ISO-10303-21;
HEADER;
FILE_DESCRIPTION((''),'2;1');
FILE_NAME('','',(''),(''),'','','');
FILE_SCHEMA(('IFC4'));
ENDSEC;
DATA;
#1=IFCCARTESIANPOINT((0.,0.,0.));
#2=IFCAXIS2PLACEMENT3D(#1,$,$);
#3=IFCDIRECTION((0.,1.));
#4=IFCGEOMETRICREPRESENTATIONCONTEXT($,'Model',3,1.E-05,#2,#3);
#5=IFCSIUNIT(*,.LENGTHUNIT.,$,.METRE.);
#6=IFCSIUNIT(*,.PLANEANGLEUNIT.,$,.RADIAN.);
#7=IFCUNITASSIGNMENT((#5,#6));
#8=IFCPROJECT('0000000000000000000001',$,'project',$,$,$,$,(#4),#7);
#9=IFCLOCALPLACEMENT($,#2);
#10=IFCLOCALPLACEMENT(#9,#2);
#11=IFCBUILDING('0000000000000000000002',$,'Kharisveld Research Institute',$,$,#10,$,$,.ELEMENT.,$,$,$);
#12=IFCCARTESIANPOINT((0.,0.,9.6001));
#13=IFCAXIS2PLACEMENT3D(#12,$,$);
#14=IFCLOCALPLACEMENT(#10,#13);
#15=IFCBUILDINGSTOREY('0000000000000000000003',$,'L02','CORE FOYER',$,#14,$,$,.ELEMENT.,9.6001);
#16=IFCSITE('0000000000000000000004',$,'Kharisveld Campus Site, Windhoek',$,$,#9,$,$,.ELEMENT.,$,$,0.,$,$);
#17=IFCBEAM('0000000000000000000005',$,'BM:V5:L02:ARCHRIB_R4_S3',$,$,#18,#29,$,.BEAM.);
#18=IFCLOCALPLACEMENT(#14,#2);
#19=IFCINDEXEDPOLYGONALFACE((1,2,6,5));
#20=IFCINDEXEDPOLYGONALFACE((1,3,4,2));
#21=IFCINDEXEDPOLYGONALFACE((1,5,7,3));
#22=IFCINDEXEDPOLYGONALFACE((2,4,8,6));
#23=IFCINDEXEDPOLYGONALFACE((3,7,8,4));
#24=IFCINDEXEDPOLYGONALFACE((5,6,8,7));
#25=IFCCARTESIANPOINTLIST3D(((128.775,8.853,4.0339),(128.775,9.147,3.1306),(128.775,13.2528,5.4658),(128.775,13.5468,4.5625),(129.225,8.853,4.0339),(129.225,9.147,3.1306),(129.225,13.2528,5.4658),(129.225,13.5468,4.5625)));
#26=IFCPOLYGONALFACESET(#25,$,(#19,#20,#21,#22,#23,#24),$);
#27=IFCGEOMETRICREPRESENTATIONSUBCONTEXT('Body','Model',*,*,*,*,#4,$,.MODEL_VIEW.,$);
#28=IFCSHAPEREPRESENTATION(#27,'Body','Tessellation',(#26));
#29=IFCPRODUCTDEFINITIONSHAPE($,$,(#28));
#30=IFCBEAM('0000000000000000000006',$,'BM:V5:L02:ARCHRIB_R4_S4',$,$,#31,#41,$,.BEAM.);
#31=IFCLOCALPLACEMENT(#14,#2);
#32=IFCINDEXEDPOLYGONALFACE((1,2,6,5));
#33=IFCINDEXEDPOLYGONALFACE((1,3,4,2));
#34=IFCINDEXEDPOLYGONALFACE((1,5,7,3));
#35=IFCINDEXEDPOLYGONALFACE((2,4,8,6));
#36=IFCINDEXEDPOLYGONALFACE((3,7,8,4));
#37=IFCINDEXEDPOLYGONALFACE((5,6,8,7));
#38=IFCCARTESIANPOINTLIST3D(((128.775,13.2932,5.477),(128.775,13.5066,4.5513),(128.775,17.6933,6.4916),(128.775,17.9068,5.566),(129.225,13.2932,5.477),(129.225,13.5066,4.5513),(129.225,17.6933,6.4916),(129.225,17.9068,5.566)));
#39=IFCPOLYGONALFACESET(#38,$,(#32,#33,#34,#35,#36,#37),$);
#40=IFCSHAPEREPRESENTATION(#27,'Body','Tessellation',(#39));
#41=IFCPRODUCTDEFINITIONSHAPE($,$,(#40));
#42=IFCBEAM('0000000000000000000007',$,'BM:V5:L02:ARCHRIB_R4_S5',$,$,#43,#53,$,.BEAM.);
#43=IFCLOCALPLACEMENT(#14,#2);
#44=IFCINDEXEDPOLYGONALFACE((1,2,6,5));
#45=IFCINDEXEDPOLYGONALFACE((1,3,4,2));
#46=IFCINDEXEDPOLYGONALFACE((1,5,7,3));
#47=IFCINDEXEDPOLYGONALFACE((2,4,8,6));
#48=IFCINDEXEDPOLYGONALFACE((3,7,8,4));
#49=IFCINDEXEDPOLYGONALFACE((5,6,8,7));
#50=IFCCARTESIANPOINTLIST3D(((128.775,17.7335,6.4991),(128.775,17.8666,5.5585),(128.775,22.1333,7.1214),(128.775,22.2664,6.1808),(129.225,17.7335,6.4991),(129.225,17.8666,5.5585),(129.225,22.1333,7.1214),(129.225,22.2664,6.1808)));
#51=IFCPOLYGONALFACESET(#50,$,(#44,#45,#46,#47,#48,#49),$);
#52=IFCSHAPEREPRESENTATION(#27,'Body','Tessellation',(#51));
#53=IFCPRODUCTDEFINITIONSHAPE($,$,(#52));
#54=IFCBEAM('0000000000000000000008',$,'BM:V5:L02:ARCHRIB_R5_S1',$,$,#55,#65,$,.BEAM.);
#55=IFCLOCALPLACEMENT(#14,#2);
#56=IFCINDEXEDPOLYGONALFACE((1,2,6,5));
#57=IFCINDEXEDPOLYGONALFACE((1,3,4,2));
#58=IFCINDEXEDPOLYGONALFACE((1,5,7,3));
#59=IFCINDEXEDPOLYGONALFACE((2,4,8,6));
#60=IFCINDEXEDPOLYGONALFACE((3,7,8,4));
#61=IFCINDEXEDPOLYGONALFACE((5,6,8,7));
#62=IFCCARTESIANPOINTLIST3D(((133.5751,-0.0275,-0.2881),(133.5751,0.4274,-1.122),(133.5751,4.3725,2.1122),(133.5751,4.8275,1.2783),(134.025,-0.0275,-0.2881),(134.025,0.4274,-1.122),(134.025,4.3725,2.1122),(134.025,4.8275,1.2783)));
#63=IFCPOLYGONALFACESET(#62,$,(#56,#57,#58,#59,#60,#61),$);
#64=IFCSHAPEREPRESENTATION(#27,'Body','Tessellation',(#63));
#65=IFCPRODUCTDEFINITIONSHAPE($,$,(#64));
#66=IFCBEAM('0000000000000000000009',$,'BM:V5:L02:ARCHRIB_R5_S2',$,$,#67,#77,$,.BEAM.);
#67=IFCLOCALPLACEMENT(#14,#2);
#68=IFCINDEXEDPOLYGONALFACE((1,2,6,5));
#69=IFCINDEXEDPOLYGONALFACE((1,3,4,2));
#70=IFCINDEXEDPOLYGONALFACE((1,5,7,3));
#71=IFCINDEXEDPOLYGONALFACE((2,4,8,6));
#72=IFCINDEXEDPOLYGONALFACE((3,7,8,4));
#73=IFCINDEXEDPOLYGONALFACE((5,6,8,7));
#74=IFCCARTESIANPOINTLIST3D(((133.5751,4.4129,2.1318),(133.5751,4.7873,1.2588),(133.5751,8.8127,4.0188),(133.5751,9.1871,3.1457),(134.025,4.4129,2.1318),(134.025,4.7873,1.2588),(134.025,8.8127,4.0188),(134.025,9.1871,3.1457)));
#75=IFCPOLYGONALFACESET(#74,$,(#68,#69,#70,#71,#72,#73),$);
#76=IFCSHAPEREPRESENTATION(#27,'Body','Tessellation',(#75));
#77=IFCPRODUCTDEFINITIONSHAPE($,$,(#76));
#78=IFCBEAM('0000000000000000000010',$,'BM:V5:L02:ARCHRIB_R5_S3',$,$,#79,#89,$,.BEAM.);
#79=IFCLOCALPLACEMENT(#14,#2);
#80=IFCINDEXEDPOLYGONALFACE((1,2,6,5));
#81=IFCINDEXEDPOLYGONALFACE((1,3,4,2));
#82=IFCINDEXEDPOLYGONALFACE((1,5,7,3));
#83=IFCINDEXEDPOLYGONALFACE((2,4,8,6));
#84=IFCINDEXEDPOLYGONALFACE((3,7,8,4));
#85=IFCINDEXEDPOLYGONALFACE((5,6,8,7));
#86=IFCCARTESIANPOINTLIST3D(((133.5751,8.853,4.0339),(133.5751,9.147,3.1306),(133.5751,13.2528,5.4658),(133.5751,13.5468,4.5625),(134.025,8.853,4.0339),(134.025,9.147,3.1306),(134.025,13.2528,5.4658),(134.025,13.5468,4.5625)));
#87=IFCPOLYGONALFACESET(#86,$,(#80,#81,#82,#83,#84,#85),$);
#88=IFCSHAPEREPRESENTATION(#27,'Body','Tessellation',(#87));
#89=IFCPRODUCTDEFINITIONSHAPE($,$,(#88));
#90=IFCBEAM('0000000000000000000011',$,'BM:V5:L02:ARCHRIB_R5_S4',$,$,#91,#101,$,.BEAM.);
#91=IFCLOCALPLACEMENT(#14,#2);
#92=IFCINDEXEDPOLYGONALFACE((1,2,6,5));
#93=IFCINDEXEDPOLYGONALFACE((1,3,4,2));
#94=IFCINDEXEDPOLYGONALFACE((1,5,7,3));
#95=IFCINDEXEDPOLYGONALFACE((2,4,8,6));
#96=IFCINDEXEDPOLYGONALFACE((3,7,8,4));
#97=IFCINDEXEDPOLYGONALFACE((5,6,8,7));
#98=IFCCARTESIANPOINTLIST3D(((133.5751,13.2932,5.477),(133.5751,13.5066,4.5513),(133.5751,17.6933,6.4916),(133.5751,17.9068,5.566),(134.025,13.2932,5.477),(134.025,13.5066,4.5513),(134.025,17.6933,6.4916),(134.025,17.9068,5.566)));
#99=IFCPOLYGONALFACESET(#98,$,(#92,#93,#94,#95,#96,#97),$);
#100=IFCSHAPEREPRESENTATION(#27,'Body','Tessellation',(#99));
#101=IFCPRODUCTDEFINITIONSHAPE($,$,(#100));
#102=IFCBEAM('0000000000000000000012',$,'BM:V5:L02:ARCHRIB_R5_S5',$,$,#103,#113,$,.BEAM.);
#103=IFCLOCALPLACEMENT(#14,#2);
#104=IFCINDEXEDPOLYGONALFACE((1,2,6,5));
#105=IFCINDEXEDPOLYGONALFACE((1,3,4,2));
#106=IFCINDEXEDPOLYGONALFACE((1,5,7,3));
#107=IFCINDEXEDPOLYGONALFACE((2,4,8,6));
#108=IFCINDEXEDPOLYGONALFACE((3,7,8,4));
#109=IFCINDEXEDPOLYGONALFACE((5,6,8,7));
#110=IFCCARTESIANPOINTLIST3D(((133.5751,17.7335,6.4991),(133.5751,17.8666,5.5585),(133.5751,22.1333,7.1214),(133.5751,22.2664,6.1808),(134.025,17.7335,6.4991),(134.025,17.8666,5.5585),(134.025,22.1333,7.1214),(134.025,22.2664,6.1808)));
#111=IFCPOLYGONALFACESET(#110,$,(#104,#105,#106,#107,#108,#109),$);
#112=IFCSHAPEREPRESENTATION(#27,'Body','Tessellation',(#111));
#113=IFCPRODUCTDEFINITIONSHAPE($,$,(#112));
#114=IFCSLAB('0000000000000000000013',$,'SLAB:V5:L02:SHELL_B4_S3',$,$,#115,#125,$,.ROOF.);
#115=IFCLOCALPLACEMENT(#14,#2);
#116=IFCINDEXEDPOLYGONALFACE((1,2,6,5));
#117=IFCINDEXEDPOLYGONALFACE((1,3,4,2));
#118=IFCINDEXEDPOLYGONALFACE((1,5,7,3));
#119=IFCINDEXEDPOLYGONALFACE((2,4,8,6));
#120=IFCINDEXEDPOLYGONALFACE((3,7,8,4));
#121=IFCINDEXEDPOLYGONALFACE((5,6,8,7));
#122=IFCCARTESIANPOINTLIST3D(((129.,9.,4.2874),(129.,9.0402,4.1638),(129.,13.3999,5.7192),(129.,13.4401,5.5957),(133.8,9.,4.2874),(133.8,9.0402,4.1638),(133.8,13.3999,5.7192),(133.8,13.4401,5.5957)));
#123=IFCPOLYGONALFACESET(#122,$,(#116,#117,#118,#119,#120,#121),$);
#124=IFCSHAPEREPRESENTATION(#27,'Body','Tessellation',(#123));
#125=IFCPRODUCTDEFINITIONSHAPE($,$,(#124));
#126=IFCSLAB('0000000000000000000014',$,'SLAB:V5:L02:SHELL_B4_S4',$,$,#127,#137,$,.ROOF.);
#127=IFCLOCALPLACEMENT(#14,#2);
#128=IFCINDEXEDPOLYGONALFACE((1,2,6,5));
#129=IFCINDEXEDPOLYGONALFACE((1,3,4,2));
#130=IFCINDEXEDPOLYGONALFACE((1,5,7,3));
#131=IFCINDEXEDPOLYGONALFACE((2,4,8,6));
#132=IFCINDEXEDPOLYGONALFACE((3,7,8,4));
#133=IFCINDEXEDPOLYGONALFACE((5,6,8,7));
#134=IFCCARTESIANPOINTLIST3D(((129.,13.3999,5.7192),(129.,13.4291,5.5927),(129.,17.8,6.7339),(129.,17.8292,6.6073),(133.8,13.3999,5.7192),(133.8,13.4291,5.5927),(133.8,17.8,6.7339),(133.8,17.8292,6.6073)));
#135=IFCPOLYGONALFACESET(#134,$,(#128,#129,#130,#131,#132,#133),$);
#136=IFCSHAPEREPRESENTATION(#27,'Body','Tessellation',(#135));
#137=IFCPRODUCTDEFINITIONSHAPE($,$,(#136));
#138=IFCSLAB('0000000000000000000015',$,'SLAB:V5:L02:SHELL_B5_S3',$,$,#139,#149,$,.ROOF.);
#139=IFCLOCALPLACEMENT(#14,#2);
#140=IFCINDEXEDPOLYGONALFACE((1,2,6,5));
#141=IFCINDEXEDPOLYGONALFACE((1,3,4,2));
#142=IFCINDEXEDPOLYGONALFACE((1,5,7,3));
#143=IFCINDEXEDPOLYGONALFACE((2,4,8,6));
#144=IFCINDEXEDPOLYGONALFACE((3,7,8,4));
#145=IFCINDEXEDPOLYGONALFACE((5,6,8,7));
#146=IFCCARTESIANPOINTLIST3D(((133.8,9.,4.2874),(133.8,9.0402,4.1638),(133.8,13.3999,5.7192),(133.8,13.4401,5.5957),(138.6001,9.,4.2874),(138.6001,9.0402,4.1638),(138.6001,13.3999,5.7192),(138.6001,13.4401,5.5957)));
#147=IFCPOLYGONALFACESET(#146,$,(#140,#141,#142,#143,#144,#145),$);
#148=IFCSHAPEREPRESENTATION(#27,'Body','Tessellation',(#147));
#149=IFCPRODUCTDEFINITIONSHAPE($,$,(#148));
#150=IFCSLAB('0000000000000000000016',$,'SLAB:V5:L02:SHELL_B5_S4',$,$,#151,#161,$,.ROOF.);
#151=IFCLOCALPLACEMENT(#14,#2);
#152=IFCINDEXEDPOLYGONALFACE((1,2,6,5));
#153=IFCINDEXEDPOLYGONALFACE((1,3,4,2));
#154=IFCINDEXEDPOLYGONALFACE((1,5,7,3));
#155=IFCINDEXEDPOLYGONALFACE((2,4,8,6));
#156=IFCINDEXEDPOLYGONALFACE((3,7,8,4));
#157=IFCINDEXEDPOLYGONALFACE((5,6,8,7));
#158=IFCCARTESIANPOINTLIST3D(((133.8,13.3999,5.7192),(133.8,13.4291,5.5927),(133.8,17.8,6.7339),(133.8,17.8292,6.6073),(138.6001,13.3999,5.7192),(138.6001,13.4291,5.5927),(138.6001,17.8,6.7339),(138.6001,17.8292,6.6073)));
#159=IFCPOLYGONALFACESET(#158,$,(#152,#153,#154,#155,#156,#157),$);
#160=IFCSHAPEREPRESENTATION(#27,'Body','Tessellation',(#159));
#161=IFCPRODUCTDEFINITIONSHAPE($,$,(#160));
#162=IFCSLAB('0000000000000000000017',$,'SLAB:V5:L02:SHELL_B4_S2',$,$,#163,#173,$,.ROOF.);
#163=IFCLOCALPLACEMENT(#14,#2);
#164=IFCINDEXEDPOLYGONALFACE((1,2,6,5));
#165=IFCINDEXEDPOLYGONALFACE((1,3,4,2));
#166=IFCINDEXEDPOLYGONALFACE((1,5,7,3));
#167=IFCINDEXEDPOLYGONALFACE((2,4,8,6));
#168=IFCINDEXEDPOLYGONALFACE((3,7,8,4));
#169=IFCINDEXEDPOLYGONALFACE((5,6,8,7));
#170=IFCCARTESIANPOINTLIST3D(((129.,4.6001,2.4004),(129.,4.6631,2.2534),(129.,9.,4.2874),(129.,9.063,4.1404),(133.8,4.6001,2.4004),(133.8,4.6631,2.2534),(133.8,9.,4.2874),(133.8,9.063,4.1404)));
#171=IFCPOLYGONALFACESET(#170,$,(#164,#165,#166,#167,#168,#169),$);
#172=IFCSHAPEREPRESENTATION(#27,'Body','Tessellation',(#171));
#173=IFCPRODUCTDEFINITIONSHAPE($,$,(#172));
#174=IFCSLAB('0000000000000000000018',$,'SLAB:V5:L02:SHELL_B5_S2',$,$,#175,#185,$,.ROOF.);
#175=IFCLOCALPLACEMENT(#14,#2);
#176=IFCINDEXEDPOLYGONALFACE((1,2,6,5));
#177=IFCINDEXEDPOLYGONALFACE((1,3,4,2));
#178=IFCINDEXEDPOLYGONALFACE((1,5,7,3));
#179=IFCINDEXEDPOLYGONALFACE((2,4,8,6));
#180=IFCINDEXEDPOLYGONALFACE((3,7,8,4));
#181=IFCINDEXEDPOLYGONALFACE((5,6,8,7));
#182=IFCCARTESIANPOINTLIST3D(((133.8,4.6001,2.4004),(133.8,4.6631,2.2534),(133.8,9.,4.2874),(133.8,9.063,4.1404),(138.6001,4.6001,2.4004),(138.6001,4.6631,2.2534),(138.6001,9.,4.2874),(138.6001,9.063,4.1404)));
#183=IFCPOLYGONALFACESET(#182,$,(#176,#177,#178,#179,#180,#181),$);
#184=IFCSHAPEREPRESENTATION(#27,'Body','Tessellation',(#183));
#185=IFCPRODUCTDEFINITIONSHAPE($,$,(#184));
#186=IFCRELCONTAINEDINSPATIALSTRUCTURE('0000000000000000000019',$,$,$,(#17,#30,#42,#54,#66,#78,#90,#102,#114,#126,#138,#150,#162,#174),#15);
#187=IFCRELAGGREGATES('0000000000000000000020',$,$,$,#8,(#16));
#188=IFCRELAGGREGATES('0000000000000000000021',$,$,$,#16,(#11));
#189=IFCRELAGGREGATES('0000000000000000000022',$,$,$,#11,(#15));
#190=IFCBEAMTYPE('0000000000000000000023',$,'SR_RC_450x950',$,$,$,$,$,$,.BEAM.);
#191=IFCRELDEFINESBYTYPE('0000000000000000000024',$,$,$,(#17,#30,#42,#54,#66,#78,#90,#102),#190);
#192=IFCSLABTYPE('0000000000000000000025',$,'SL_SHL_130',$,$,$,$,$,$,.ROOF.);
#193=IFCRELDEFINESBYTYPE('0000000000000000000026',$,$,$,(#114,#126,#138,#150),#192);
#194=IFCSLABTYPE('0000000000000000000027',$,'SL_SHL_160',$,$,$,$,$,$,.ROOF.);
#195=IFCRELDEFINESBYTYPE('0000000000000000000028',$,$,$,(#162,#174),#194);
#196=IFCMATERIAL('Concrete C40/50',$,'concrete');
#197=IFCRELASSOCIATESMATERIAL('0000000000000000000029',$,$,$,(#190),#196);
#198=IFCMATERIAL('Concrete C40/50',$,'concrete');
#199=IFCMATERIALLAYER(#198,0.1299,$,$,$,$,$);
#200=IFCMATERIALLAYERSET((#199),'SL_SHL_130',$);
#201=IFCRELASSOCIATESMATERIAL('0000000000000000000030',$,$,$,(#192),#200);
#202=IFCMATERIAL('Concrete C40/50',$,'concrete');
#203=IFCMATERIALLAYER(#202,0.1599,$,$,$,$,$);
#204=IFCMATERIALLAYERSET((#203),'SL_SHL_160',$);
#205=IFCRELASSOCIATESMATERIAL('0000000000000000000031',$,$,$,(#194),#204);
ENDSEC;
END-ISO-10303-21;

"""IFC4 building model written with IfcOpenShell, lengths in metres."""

from ifc_helpers import new_model, si_unit, direction, frame, origin, origin_2d, place, context, subcontext, project, spatial, polyline, rectangle, outline, extrude, material, layer, layer_set, material_profile, profile_set, type_object, element, save


model = new_model("IFC4")

# Units and contexts
model_context = context("Model", 3, precision=1e-05, world=origin(), true_north=direction((0.0, 1.0)))
body_context = subcontext(model_context, "Body", "Model", "MODEL_VIEW")
ifc_project = project(units=[si_unit("LENGTHUNIT", "METRE"), si_unit("PLANEANGLEUNIT", "RADIAN")], contexts=[model_context])

# Site, building, storey
site_placement = place(None, origin())
site = spatial("IfcSite", under=ifc_project, at=site_placement, Name="Kharisveld Campus Site, Windhoek", CompositionType="ELEMENT", RefElevation=0.0)
building_placement = place(site_placement, origin())
building = spatial("IfcBuilding", under=site, at=building_placement, Name="Kharisveld Research Institute", CompositionType="ELEMENT")
storey_placement = place(building_placement, frame((0.0, 0.0, 9.6001)))
storey = spatial("IfcBuildingStorey", under=building, at=storey_placement, Name="L02", Description="CORE FOYER", CompositionType="ELEMENT", Elevation=9.6001)

# Beams
ifc_material_1 = material(Name="Concrete C40/50", Category="concrete")
ifc_material_profile_1 = material_profile(ifc_material_1, rectangle(XDim=0.45, YDim=0.95, at=origin_2d()))
ifc_profile_set_1 = profile_set([ifc_material_profile_1], Name="Concrete C40/50")
beam_type_1 = type_object("IfcBeamType", Name="SR_RC_450x950", PredefinedType="BEAM", material=ifc_profile_set_1)
beam_1_placement = place(storey_placement, frame((129.0, 9.0, 3.5823), z_axis=(0.0, 0.950912, 0.309461), x_axis=(-1.0, 0.0, 0.0)))
element("IfcBeam", 1, at=beam_1_placement, inside=storey, type_object=beam_type_1, Name="BM:V5:L02:ARCHRIB_R4_S3", PredefinedType="BEAM", context=body_context, shape_type="SweptSolid", body=[
    extrude(rectangle(XDim=0.45, YDim=0.95, at=origin_2d()), origin(), (0.0, 0.0, 1.0), 4.627),
])
beam_2_placement = place(storey_placement, frame((129.0, 13.3999, 5.0142), z_axis=(0.0, 0.974429, 0.224698), x_axis=(-1.0, 0.0, 0.0)))
element("IfcBeam", 2, at=beam_2_placement, inside=storey, type_object=beam_type_1, Name="BM:V5:L02:ARCHRIB_R4_S4", PredefinedType="BEAM", context=body_context, shape_type="SweptSolid", body=[
    extrude(rectangle(XDim=0.45, YDim=0.95, at=origin_2d()), origin(), (0.0, 0.0, 1.0), 4.5156),
])
beam_3_placement = place(storey_placement, frame((129.0, 17.8, 6.0288), z_axis=(0.0, 0.990145, 0.140044), x_axis=(-1.0, 0.0, 0.0)))
element("IfcBeam", 3, at=beam_3_placement, inside=storey, type_object=beam_type_1, Name="BM:V5:L02:ARCHRIB_R4_S5", PredefinedType="BEAM", context=body_context, shape_type="SweptSolid", body=[
    extrude(rectangle(XDim=0.45, YDim=0.95, at=origin_2d()), origin(), (0.0, 0.0, 1.0), 4.4436),
])
beam_4_placement = place(storey_placement, frame((133.8, 0.2, -0.7051), z_axis=(0.0, 0.87787, 0.4789), x_axis=(-1.0, 0.0, 0.0)))
element("IfcBeam", 4, at=beam_4_placement, inside=storey, type_object=beam_type_1, Name="BM:V5:L02:ARCHRIB_R5_S1", PredefinedType="BEAM", context=body_context, shape_type="SweptSolid", body=[
    extrude(rectangle(XDim=0.45, YDim=0.95, at=origin_2d()), origin(), (0.0, 0.0, 1.0), 5.0122),
])
beam_5_placement = place(storey_placement, frame((133.8, 4.6001, 1.6953), z_axis=(0.0, 0.919047, 0.394147), x_axis=(-1.0, 0.0, 0.0)))
element("IfcBeam", 5, at=beam_5_placement, inside=storey, type_object=beam_type_1, Name="BM:V5:L02:ARCHRIB_R5_S2", PredefinedType="BEAM", context=body_context, shape_type="SweptSolid", body=[
    extrude(rectangle(XDim=0.45, YDim=0.95, at=origin_2d()), origin(), (0.0, 0.0, 1.0), 4.7874),
])
beam_6_placement = place(storey_placement, frame((133.8, 9.0, 3.5823), z_axis=(0.0, 0.950912, 0.309461), x_axis=(-1.0, 0.0, 0.0)))
element("IfcBeam", 6, at=beam_6_placement, inside=storey, type_object=beam_type_1, Name="BM:V5:L02:ARCHRIB_R5_S3", PredefinedType="BEAM", context=body_context, shape_type="SweptSolid", body=[
    extrude(rectangle(XDim=0.45, YDim=0.95, at=origin_2d()), origin(), (0.0, 0.0, 1.0), 4.627),
])
beam_7_placement = place(storey_placement, frame((133.8, 13.3999, 5.0142), z_axis=(0.0, 0.974429, 0.224698), x_axis=(-1.0, 0.0, 0.0)))
element("IfcBeam", 7, at=beam_7_placement, inside=storey, type_object=beam_type_1, Name="BM:V5:L02:ARCHRIB_R5_S4", PredefinedType="BEAM", context=body_context, shape_type="SweptSolid", body=[
    extrude(rectangle(XDim=0.45, YDim=0.95, at=origin_2d()), origin(), (0.0, 0.0, 1.0), 4.5156),
])
beam_8_placement = place(storey_placement, frame((133.8, 17.8, 6.0288), z_axis=(0.0, 0.990145, 0.140044), x_axis=(-1.0, 0.0, 0.0)))
element("IfcBeam", 8, at=beam_8_placement, inside=storey, type_object=beam_type_1, Name="BM:V5:L02:ARCHRIB_R5_S5", PredefinedType="BEAM", context=body_context, shape_type="SweptSolid", body=[
    extrude(rectangle(XDim=0.45, YDim=0.95, at=origin_2d()), origin(), (0.0, 0.0, 1.0), 4.4436),
])

# Slabs
ifc_material_2 = material(Name="Concrete C40/50", Category="concrete")
ifc_layer_1 = layer(ifc_material_2, 0.1299)
ifc_layer_set_1 = layer_set([ifc_layer_1], Name="SL_SHL_130")
slab_type_1 = type_object("IfcSlabType", Name="SL_SHL_130", PredefinedType="ROOF", material=ifc_layer_set_1)
slab_1_placement = place(storey_placement, frame((129.0, 9.0, 4.2874), z_axis=(0.0, -0.309461, 0.950912), x_axis=(1.0, 0.0, 0.0)))
element("IfcSlab", 9, at=slab_1_placement, inside=storey, type_object=slab_type_1, Name="SLAB:V5:L02:SHELL_B4_S3", PredefinedType="ROOF", context=body_context, shape_type="SweptSolid", body=[
    extrude(outline(polyline([(0.0, 0.0), (4.8, 0.0), (4.8, 4.627), (0.0, 4.627), (0.0, 0.0)])), origin(), (0.0, 0.0, -1.0), 0.1299),
])
slab_2_placement = place(storey_placement, frame((129.0, 13.3999, 5.7192), z_axis=(0.0, -0.224698, 0.974429), x_axis=(1.0, 0.0, 0.0)))
element("IfcSlab", 10, at=slab_2_placement, inside=storey, type_object=slab_type_1, Name="SLAB:V5:L02:SHELL_B4_S4", PredefinedType="ROOF", context=body_context, shape_type="SweptSolid", body=[
    extrude(outline(polyline([(0.0, 0.0), (4.8, 0.0), (4.8, 4.5156), (0.0, 4.5156), (0.0, 0.0)])), origin(), (0.0, 0.0, -1.0), 0.1299),
])
slab_3_placement = place(storey_placement, frame((133.8, 9.0, 4.2874), z_axis=(0.0, -0.309461, 0.950912), x_axis=(1.0, 0.0, 0.0)))
element("IfcSlab", 11, at=slab_3_placement, inside=storey, type_object=slab_type_1, Name="SLAB:V5:L02:SHELL_B5_S3", PredefinedType="ROOF", context=body_context, shape_type="SweptSolid", body=[
    extrude(outline(polyline([(0.0, 0.0), (4.8, 0.0), (4.8, 4.627), (0.0, 4.627), (0.0, 0.0)])), origin(), (0.0, 0.0, -1.0), 0.1299),
])
slab_4_placement = place(storey_placement, frame((133.8, 13.3999, 5.7192), z_axis=(0.0, -0.224698, 0.974429), x_axis=(1.0, 0.0, 0.0)))
element("IfcSlab", 12, at=slab_4_placement, inside=storey, type_object=slab_type_1, Name="SLAB:V5:L02:SHELL_B5_S4", PredefinedType="ROOF", context=body_context, shape_type="SweptSolid", body=[
    extrude(outline(polyline([(0.0, 0.0), (4.8, 0.0), (4.8, 4.5156), (0.0, 4.5156), (0.0, 0.0)])), origin(), (0.0, 0.0, -1.0), 0.1299),
])
ifc_material_3 = material(Name="Concrete C40/50", Category="concrete")
ifc_layer_2 = layer(ifc_material_3, 0.1599)
ifc_layer_set_2 = layer_set([ifc_layer_2], Name="SL_SHL_160")
slab_type_2 = type_object("IfcSlabType", Name="SL_SHL_160", PredefinedType="ROOF", material=ifc_layer_set_2)
for number, where, z_axis, x_axis, name in (
    (13, (129.0, 4.6001, 2.4004), (0.0, -0.394147, 0.919047), (1.0, 0.0, 0.0), "SLAB:V5:L02:SHELL_B4_S2"),
    (14, (133.8, 4.6001, 2.4004), (0.0, -0.394147, 0.919047), (1.0, 0.0, 0.0), "SLAB:V5:L02:SHELL_B5_S2"),
):
    element("IfcSlab", number, at=place(storey_placement, frame(where, z_axis=z_axis, x_axis=x_axis)), inside=storey, type_object=slab_type_2, Name=name, PredefinedType="ROOF", context=body_context, shape_type="SweptSolid", body=[
        extrude(outline(polyline([(0.0, 0.0), (4.8, 0.0), (4.8, 4.7875), (0.0, 4.7875), (0.0, 0.0)])), origin(), (0.0, 0.0, -1.0), 0.1599),
    ])

save(model, "model.ifc")
